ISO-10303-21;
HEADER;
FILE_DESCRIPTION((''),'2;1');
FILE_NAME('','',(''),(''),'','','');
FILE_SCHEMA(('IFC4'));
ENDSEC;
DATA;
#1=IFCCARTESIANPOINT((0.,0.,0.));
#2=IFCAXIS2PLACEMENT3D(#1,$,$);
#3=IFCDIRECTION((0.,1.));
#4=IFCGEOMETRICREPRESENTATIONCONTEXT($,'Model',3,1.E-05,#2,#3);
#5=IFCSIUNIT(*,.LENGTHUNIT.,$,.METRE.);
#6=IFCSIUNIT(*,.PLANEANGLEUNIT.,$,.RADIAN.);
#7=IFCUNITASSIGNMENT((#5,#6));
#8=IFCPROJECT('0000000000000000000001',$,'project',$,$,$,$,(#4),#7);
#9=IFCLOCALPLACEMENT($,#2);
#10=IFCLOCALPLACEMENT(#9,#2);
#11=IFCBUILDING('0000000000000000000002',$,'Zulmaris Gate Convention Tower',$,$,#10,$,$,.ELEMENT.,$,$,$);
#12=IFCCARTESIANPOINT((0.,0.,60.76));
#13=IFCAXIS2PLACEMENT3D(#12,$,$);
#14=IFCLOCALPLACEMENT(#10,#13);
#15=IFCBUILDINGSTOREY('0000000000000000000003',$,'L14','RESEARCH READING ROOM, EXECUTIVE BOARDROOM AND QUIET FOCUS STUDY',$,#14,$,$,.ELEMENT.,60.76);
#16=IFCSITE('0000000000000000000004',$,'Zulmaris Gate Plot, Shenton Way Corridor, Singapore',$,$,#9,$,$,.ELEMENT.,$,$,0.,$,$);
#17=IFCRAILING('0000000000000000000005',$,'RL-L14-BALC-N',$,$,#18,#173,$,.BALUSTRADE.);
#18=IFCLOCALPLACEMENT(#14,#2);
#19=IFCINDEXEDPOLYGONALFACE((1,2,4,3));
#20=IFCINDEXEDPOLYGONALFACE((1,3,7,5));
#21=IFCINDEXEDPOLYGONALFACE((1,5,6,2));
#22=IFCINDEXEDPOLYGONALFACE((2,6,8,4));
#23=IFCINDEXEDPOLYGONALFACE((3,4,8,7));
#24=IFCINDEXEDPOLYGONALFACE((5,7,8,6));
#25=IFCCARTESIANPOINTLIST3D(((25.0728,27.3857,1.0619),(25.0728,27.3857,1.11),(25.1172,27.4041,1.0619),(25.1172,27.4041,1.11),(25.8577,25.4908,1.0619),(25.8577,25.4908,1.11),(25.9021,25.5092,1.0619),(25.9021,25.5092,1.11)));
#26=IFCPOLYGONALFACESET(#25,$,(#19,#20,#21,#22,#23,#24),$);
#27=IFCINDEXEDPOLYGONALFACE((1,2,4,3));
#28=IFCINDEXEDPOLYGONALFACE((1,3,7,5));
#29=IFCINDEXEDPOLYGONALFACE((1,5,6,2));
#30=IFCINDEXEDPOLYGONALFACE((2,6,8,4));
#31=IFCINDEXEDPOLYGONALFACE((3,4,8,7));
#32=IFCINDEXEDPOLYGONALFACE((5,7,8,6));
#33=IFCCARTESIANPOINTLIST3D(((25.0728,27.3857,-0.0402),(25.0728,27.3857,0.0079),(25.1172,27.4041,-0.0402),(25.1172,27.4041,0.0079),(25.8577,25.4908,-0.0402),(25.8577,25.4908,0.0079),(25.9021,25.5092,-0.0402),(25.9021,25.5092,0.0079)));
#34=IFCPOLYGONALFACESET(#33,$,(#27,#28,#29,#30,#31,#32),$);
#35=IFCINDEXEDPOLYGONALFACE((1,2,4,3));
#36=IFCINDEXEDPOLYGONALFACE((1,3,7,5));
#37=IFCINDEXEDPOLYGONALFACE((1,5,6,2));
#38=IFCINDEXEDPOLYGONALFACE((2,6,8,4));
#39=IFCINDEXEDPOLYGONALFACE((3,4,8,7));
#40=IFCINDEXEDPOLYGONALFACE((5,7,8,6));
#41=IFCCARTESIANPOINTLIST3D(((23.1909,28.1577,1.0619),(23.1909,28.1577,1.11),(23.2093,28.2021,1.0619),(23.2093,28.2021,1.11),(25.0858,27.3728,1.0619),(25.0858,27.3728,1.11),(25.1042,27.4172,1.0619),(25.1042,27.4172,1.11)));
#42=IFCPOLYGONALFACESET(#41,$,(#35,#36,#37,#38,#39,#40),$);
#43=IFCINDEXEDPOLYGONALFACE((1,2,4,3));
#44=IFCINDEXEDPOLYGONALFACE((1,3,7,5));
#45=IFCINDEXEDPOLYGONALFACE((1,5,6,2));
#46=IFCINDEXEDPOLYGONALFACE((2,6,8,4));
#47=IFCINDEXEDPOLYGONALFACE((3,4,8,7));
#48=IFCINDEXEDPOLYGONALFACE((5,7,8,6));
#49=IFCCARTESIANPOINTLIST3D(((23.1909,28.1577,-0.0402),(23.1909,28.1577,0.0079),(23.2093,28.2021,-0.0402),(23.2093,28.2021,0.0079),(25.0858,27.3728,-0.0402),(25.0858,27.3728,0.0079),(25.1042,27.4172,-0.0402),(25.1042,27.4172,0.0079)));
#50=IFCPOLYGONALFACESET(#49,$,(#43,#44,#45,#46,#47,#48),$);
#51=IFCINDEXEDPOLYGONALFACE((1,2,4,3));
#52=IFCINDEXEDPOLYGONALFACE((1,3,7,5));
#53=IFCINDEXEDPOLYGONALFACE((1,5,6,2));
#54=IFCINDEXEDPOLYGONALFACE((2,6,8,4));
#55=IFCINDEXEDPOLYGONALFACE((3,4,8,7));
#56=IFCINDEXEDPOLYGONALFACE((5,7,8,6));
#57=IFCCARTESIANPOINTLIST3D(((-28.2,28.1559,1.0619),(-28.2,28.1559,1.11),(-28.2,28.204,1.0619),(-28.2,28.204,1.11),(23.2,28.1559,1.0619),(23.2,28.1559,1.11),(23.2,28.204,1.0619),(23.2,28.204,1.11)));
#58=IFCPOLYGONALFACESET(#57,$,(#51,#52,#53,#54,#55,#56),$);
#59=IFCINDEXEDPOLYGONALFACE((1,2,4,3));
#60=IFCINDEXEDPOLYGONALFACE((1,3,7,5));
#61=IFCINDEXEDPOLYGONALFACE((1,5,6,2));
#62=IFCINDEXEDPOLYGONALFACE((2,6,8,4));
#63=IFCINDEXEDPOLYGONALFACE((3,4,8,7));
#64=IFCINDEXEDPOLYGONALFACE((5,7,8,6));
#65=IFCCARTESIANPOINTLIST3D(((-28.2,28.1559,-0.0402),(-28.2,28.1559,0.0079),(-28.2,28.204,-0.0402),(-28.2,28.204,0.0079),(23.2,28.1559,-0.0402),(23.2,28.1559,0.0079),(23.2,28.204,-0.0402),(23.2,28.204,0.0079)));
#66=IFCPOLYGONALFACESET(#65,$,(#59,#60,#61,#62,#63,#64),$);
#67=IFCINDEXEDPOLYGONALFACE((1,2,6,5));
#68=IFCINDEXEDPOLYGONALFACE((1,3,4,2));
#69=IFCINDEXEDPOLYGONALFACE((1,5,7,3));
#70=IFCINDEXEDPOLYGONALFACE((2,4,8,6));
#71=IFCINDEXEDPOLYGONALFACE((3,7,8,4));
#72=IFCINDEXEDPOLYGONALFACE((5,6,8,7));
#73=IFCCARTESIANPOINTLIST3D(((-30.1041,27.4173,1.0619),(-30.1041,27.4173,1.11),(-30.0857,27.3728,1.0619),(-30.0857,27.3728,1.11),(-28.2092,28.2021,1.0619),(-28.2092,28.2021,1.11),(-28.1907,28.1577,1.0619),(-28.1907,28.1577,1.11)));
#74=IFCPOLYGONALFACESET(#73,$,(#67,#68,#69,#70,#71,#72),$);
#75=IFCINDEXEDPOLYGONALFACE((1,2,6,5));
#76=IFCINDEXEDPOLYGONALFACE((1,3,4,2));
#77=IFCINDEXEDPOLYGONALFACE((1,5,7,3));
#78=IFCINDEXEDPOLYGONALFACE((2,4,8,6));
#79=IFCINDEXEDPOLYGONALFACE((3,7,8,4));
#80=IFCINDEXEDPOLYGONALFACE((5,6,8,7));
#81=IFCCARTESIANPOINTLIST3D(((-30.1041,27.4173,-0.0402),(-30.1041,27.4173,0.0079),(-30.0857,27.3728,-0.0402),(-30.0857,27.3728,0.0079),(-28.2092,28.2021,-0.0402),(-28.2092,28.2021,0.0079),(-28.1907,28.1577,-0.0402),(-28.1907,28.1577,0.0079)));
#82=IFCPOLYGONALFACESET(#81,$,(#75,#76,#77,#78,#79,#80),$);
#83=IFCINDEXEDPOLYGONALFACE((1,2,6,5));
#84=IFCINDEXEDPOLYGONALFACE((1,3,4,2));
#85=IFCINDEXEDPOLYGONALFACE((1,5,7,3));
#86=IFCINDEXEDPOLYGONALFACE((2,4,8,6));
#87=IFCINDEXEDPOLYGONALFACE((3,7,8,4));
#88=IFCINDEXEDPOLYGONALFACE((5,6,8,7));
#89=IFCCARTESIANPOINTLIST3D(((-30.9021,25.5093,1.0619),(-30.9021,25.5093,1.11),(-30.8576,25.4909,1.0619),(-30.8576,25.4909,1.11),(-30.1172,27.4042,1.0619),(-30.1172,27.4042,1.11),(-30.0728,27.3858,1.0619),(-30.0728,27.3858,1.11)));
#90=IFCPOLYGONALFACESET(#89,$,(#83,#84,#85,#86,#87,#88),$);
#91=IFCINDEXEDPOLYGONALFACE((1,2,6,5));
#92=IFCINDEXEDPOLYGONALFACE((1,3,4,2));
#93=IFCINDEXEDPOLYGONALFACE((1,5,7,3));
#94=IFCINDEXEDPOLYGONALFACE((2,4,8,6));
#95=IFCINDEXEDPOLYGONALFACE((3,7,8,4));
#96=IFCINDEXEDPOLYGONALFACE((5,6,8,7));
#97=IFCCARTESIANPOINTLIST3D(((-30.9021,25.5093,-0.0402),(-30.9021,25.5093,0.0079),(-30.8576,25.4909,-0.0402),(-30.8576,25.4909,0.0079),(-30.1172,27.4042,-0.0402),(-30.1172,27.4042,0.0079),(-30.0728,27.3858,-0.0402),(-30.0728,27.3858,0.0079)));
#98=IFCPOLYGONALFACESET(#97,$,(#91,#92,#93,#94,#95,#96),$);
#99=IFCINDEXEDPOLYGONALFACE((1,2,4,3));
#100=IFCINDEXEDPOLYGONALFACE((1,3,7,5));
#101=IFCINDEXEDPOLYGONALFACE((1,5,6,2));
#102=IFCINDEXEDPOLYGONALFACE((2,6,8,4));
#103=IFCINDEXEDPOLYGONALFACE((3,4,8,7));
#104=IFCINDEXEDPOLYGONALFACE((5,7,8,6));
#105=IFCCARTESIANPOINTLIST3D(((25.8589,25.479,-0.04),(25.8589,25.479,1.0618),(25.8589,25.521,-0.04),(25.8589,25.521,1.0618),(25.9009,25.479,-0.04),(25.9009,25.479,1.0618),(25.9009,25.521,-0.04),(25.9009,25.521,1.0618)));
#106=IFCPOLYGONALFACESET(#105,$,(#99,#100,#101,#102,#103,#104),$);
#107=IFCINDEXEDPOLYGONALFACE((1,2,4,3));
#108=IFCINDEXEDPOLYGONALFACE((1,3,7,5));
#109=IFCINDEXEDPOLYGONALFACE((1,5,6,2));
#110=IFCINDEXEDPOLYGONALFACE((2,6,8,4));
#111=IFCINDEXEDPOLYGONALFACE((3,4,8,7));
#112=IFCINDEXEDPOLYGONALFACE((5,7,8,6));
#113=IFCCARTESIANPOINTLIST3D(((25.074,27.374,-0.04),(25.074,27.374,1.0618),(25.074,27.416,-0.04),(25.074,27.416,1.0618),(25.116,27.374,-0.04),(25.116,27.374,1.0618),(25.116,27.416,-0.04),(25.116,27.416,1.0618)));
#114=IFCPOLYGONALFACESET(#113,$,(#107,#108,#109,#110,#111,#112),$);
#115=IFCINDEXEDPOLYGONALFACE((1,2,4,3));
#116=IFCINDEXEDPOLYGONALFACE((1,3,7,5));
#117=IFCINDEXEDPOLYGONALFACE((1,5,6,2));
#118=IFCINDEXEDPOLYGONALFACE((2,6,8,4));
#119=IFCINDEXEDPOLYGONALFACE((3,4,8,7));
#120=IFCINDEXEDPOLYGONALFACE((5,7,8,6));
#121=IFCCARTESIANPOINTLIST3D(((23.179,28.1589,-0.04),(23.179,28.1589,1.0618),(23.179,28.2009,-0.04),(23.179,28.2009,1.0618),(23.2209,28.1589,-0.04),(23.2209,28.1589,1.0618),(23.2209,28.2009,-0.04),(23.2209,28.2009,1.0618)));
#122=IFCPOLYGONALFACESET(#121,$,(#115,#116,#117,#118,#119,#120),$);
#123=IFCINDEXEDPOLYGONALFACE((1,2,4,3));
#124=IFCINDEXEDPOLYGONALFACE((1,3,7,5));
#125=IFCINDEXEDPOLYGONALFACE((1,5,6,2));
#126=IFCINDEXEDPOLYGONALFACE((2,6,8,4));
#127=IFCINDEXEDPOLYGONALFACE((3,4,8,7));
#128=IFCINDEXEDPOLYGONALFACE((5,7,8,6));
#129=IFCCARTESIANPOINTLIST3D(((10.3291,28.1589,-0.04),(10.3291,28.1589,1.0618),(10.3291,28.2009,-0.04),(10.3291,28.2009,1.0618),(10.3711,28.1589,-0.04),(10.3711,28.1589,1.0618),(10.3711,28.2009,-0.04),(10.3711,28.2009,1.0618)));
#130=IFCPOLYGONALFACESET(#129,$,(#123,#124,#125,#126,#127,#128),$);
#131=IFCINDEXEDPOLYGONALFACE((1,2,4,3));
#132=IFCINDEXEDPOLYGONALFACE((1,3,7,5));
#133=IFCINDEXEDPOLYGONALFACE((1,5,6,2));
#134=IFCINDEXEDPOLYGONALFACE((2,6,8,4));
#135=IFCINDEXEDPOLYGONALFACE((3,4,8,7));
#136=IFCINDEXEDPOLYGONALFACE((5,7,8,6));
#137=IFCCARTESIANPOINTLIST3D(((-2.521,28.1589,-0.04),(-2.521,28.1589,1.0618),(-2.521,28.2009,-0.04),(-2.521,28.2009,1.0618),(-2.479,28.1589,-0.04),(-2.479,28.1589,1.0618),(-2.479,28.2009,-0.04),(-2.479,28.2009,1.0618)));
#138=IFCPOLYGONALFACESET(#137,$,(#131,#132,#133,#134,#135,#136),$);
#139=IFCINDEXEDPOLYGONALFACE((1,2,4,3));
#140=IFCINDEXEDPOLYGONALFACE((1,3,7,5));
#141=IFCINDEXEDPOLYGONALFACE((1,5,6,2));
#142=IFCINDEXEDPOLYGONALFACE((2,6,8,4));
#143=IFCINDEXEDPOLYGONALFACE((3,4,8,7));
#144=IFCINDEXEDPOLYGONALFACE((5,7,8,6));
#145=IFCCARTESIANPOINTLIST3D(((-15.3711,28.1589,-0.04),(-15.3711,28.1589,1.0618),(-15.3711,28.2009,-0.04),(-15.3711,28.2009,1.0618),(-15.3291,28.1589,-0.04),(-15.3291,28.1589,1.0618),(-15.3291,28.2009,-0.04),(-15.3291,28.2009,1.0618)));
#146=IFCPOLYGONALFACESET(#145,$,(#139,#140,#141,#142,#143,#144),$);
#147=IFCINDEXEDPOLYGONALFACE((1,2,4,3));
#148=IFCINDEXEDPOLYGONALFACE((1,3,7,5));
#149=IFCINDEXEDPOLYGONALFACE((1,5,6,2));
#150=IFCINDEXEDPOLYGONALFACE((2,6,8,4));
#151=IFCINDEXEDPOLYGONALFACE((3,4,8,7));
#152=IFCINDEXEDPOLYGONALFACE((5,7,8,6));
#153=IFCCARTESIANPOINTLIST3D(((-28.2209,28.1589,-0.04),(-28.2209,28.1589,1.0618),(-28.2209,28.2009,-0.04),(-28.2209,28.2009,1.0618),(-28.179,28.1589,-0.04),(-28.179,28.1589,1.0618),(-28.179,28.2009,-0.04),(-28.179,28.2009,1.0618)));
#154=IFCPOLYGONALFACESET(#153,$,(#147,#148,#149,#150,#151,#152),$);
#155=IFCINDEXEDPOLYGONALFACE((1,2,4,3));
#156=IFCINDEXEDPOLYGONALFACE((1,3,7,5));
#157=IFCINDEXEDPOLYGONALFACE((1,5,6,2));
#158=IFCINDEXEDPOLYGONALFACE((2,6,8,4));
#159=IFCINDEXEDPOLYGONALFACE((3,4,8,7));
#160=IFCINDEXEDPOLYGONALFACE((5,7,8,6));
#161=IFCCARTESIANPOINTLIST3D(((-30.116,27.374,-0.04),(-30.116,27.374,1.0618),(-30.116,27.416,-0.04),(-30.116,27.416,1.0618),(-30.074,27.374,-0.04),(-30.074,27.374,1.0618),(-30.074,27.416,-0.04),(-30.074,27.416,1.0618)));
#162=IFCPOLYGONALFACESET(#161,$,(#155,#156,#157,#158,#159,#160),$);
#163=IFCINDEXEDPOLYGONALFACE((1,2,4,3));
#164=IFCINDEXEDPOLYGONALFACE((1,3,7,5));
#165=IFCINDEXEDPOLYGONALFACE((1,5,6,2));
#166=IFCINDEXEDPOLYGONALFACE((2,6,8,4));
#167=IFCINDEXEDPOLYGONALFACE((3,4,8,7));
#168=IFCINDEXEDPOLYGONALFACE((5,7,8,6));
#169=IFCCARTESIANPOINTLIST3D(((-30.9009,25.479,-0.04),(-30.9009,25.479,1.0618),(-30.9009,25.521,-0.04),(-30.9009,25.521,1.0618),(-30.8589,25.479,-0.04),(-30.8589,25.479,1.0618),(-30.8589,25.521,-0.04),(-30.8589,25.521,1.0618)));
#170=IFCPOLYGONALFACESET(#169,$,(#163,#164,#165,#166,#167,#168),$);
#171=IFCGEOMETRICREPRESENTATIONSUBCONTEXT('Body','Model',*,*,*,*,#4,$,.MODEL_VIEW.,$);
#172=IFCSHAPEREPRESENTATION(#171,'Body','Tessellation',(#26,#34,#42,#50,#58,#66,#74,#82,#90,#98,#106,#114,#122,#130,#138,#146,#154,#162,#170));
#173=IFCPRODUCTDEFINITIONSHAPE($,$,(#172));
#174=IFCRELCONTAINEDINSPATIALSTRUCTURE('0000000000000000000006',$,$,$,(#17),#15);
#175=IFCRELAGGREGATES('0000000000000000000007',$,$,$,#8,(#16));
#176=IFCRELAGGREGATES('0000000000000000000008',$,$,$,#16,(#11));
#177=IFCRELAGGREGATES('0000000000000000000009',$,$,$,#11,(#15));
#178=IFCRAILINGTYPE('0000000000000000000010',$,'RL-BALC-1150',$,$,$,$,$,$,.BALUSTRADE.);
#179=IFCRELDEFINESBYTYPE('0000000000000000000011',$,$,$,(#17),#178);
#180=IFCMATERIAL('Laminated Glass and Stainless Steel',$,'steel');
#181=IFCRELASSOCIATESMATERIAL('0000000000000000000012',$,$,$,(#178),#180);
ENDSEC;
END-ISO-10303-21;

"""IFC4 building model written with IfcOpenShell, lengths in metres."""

from ifc_helpers import new_model, si_unit, direction, frame, origin, origin_2d, place, context, subcontext, project, spatial, rectangle, extrude, material, type_object, element, save


model = new_model("IFC4")

# Units and contexts
model_context = context("Model", 3, precision=1e-05, world=origin(), true_north=direction((0.0, 1.0)))
body_context = subcontext(model_context, "Body", "Model", "MODEL_VIEW")
ifc_project = project(units=[si_unit("LENGTHUNIT", "METRE"), si_unit("PLANEANGLEUNIT", "RADIAN")], contexts=[model_context])

# Site, building, storey
site_placement = place(None, origin())
site = spatial("IfcSite", under=ifc_project, at=site_placement, Name="Zulmaris Gate Plot, Shenton Way Corridor, Singapore", CompositionType="ELEMENT", RefElevation=0.0)
building_placement = place(site_placement, origin())
building = spatial("IfcBuilding", under=site, at=building_placement, Name="Zulmaris Gate Convention Tower", CompositionType="ELEMENT")
storey_placement = place(building_placement, frame((0.0, 0.0, 60.76)))
storey = spatial("IfcBuildingStorey", under=building, at=storey_placement, Name="L14", Description="RESEARCH READING ROOM, EXECUTIVE BOARDROOM AND QUIET FOCUS STUDY", CompositionType="ELEMENT", Elevation=60.76)

# Railing
ifc_material_1 = material(Name="Laminated Glass and Stainless Steel", Category="steel")
railing_type = type_object("IfcRailingType", Name="RL-BALC-1150", PredefinedType="BALUSTRADE", material=ifc_material_1)
railing_placement = place(storey_placement, frame((25.8799, 25.5, -0.04)))
element("IfcRailing", 1, at=railing_placement, inside=storey, type_object=railing_type, Name="RL-L14-BALC-N", PredefinedType="BALUSTRADE", context=body_context, shape_type="SweptSolid", body=[
    extrude(rectangle(XDim=0.0481, YDim=0.0481, at=origin_2d()), frame((0.0, 0.0, 1.126), z_axis=(-0.382671, 0.923885, 0.0), x_axis=(-0.923885, -0.382671, 0.0)), (0.0, 0.0, 1.0), 2.051),
    extrude(rectangle(XDim=0.0481, YDim=0.0481, at=origin_2d()), frame((0.0, 0.0, 0.0239), z_axis=(-0.382671, 0.923885, 0.0), x_axis=(-0.923885, -0.382671, 0.0)), (0.0, 0.0, 1.0), 2.051),
    extrude(rectangle(XDim=0.0481, YDim=0.0481, at=origin_2d()), frame((-0.7849, 1.895, 1.126), z_axis=(-0.923885, 0.382671, 0.0), x_axis=(-0.382671, -0.923885, 0.0)), (0.0, 0.0, 1.0), 2.051),
    extrude(rectangle(XDim=0.0481, YDim=0.0481, at=origin_2d()), frame((-0.7849, 1.895, 0.0239), z_axis=(-0.923885, 0.382671, 0.0), x_axis=(-0.382671, -0.923885, 0.0)), (0.0, 0.0, 1.0), 2.051),
    extrude(rectangle(XDim=0.0481, YDim=0.0481, at=origin_2d()), frame((-2.6799, 2.6799, 1.126), z_axis=(-1.0, 0.0, 0.0), x_axis=(0.0, -1.0, 0.0)), (0.0, 0.0, 1.0), 51.3999),
    extrude(rectangle(XDim=0.0481, YDim=0.0481, at=origin_2d()), frame((-2.6799, 2.6799, 0.0239), z_axis=(-1.0, 0.0, 0.0), x_axis=(0.0, -1.0, 0.0)), (0.0, 0.0, 1.0), 51.3999),
    extrude(rectangle(XDim=0.0481, YDim=0.0481, at=origin_2d()), frame((-54.0798, 2.6799, 1.126), z_axis=(-0.923885, -0.382671, 0.0), x_axis=(0.382671, -0.923885, 0.0)), (0.0, 0.0, 1.0), 2.051),
    extrude(rectangle(XDim=0.0481, YDim=0.0481, at=origin_2d()), frame((-54.0798, 2.6799, 0.0239), z_axis=(-0.923885, -0.382671, 0.0), x_axis=(0.382671, -0.923885, 0.0)), (0.0, 0.0, 1.0), 2.051),
    extrude(rectangle(XDim=0.0481, YDim=0.0481, at=origin_2d()), frame((-55.9749, 1.895, 1.126), z_axis=(-0.382671, -0.923885, 0.0), x_axis=(0.923885, -0.382671, 0.0)), (0.0, 0.0, 1.0), 2.051),
    extrude(rectangle(XDim=0.0481, YDim=0.0481, at=origin_2d()), frame((-55.9749, 1.895, 0.0239), z_axis=(-0.382671, -0.923885, 0.0), x_axis=(0.923885, -0.382671, 0.0)), (0.0, 0.0, 1.0), 2.051),
    extrude(rectangle(XDim=0.042, YDim=0.042, at=origin_2d()), origin(), (0.0, 0.0, 1.0), 1.1018),
    extrude(rectangle(XDim=0.042, YDim=0.042, at=origin_2d()), frame((-0.7849, 1.895, 0.0)), (0.0, 0.0, 1.0), 1.1018),
    extrude(rectangle(XDim=0.042, YDim=0.042, at=origin_2d()), frame((-2.6799, 2.6799, 0.0)), (0.0, 0.0, 1.0), 1.1018),
    extrude(rectangle(XDim=0.042, YDim=0.042, at=origin_2d()), frame((-15.5298, 2.6799, 0.0)), (0.0, 0.0, 1.0), 1.1018),
    extrude(rectangle(XDim=0.042, YDim=0.042, at=origin_2d()), frame((-28.3799, 2.6799, 0.0)), (0.0, 0.0, 1.0), 1.1018),
    extrude(rectangle(XDim=0.042, YDim=0.042, at=origin_2d()), frame((-41.23, 2.6799, 0.0)), (0.0, 0.0, 1.0), 1.1018),
    extrude(rectangle(XDim=0.042, YDim=0.042, at=origin_2d()), frame((-54.0798, 2.6799, 0.0)), (0.0, 0.0, 1.0), 1.1018),
    extrude(rectangle(XDim=0.042, YDim=0.042, at=origin_2d()), frame((-55.9749, 1.895, 0.0)), (0.0, 0.0, 1.0), 1.1018),
    extrude(rectangle(XDim=0.042, YDim=0.042, at=origin_2d()), frame((-56.7598, 0.0, 0.0)), (0.0, 0.0, 1.0), 1.1018),
])

save(model, "model.ifc")
